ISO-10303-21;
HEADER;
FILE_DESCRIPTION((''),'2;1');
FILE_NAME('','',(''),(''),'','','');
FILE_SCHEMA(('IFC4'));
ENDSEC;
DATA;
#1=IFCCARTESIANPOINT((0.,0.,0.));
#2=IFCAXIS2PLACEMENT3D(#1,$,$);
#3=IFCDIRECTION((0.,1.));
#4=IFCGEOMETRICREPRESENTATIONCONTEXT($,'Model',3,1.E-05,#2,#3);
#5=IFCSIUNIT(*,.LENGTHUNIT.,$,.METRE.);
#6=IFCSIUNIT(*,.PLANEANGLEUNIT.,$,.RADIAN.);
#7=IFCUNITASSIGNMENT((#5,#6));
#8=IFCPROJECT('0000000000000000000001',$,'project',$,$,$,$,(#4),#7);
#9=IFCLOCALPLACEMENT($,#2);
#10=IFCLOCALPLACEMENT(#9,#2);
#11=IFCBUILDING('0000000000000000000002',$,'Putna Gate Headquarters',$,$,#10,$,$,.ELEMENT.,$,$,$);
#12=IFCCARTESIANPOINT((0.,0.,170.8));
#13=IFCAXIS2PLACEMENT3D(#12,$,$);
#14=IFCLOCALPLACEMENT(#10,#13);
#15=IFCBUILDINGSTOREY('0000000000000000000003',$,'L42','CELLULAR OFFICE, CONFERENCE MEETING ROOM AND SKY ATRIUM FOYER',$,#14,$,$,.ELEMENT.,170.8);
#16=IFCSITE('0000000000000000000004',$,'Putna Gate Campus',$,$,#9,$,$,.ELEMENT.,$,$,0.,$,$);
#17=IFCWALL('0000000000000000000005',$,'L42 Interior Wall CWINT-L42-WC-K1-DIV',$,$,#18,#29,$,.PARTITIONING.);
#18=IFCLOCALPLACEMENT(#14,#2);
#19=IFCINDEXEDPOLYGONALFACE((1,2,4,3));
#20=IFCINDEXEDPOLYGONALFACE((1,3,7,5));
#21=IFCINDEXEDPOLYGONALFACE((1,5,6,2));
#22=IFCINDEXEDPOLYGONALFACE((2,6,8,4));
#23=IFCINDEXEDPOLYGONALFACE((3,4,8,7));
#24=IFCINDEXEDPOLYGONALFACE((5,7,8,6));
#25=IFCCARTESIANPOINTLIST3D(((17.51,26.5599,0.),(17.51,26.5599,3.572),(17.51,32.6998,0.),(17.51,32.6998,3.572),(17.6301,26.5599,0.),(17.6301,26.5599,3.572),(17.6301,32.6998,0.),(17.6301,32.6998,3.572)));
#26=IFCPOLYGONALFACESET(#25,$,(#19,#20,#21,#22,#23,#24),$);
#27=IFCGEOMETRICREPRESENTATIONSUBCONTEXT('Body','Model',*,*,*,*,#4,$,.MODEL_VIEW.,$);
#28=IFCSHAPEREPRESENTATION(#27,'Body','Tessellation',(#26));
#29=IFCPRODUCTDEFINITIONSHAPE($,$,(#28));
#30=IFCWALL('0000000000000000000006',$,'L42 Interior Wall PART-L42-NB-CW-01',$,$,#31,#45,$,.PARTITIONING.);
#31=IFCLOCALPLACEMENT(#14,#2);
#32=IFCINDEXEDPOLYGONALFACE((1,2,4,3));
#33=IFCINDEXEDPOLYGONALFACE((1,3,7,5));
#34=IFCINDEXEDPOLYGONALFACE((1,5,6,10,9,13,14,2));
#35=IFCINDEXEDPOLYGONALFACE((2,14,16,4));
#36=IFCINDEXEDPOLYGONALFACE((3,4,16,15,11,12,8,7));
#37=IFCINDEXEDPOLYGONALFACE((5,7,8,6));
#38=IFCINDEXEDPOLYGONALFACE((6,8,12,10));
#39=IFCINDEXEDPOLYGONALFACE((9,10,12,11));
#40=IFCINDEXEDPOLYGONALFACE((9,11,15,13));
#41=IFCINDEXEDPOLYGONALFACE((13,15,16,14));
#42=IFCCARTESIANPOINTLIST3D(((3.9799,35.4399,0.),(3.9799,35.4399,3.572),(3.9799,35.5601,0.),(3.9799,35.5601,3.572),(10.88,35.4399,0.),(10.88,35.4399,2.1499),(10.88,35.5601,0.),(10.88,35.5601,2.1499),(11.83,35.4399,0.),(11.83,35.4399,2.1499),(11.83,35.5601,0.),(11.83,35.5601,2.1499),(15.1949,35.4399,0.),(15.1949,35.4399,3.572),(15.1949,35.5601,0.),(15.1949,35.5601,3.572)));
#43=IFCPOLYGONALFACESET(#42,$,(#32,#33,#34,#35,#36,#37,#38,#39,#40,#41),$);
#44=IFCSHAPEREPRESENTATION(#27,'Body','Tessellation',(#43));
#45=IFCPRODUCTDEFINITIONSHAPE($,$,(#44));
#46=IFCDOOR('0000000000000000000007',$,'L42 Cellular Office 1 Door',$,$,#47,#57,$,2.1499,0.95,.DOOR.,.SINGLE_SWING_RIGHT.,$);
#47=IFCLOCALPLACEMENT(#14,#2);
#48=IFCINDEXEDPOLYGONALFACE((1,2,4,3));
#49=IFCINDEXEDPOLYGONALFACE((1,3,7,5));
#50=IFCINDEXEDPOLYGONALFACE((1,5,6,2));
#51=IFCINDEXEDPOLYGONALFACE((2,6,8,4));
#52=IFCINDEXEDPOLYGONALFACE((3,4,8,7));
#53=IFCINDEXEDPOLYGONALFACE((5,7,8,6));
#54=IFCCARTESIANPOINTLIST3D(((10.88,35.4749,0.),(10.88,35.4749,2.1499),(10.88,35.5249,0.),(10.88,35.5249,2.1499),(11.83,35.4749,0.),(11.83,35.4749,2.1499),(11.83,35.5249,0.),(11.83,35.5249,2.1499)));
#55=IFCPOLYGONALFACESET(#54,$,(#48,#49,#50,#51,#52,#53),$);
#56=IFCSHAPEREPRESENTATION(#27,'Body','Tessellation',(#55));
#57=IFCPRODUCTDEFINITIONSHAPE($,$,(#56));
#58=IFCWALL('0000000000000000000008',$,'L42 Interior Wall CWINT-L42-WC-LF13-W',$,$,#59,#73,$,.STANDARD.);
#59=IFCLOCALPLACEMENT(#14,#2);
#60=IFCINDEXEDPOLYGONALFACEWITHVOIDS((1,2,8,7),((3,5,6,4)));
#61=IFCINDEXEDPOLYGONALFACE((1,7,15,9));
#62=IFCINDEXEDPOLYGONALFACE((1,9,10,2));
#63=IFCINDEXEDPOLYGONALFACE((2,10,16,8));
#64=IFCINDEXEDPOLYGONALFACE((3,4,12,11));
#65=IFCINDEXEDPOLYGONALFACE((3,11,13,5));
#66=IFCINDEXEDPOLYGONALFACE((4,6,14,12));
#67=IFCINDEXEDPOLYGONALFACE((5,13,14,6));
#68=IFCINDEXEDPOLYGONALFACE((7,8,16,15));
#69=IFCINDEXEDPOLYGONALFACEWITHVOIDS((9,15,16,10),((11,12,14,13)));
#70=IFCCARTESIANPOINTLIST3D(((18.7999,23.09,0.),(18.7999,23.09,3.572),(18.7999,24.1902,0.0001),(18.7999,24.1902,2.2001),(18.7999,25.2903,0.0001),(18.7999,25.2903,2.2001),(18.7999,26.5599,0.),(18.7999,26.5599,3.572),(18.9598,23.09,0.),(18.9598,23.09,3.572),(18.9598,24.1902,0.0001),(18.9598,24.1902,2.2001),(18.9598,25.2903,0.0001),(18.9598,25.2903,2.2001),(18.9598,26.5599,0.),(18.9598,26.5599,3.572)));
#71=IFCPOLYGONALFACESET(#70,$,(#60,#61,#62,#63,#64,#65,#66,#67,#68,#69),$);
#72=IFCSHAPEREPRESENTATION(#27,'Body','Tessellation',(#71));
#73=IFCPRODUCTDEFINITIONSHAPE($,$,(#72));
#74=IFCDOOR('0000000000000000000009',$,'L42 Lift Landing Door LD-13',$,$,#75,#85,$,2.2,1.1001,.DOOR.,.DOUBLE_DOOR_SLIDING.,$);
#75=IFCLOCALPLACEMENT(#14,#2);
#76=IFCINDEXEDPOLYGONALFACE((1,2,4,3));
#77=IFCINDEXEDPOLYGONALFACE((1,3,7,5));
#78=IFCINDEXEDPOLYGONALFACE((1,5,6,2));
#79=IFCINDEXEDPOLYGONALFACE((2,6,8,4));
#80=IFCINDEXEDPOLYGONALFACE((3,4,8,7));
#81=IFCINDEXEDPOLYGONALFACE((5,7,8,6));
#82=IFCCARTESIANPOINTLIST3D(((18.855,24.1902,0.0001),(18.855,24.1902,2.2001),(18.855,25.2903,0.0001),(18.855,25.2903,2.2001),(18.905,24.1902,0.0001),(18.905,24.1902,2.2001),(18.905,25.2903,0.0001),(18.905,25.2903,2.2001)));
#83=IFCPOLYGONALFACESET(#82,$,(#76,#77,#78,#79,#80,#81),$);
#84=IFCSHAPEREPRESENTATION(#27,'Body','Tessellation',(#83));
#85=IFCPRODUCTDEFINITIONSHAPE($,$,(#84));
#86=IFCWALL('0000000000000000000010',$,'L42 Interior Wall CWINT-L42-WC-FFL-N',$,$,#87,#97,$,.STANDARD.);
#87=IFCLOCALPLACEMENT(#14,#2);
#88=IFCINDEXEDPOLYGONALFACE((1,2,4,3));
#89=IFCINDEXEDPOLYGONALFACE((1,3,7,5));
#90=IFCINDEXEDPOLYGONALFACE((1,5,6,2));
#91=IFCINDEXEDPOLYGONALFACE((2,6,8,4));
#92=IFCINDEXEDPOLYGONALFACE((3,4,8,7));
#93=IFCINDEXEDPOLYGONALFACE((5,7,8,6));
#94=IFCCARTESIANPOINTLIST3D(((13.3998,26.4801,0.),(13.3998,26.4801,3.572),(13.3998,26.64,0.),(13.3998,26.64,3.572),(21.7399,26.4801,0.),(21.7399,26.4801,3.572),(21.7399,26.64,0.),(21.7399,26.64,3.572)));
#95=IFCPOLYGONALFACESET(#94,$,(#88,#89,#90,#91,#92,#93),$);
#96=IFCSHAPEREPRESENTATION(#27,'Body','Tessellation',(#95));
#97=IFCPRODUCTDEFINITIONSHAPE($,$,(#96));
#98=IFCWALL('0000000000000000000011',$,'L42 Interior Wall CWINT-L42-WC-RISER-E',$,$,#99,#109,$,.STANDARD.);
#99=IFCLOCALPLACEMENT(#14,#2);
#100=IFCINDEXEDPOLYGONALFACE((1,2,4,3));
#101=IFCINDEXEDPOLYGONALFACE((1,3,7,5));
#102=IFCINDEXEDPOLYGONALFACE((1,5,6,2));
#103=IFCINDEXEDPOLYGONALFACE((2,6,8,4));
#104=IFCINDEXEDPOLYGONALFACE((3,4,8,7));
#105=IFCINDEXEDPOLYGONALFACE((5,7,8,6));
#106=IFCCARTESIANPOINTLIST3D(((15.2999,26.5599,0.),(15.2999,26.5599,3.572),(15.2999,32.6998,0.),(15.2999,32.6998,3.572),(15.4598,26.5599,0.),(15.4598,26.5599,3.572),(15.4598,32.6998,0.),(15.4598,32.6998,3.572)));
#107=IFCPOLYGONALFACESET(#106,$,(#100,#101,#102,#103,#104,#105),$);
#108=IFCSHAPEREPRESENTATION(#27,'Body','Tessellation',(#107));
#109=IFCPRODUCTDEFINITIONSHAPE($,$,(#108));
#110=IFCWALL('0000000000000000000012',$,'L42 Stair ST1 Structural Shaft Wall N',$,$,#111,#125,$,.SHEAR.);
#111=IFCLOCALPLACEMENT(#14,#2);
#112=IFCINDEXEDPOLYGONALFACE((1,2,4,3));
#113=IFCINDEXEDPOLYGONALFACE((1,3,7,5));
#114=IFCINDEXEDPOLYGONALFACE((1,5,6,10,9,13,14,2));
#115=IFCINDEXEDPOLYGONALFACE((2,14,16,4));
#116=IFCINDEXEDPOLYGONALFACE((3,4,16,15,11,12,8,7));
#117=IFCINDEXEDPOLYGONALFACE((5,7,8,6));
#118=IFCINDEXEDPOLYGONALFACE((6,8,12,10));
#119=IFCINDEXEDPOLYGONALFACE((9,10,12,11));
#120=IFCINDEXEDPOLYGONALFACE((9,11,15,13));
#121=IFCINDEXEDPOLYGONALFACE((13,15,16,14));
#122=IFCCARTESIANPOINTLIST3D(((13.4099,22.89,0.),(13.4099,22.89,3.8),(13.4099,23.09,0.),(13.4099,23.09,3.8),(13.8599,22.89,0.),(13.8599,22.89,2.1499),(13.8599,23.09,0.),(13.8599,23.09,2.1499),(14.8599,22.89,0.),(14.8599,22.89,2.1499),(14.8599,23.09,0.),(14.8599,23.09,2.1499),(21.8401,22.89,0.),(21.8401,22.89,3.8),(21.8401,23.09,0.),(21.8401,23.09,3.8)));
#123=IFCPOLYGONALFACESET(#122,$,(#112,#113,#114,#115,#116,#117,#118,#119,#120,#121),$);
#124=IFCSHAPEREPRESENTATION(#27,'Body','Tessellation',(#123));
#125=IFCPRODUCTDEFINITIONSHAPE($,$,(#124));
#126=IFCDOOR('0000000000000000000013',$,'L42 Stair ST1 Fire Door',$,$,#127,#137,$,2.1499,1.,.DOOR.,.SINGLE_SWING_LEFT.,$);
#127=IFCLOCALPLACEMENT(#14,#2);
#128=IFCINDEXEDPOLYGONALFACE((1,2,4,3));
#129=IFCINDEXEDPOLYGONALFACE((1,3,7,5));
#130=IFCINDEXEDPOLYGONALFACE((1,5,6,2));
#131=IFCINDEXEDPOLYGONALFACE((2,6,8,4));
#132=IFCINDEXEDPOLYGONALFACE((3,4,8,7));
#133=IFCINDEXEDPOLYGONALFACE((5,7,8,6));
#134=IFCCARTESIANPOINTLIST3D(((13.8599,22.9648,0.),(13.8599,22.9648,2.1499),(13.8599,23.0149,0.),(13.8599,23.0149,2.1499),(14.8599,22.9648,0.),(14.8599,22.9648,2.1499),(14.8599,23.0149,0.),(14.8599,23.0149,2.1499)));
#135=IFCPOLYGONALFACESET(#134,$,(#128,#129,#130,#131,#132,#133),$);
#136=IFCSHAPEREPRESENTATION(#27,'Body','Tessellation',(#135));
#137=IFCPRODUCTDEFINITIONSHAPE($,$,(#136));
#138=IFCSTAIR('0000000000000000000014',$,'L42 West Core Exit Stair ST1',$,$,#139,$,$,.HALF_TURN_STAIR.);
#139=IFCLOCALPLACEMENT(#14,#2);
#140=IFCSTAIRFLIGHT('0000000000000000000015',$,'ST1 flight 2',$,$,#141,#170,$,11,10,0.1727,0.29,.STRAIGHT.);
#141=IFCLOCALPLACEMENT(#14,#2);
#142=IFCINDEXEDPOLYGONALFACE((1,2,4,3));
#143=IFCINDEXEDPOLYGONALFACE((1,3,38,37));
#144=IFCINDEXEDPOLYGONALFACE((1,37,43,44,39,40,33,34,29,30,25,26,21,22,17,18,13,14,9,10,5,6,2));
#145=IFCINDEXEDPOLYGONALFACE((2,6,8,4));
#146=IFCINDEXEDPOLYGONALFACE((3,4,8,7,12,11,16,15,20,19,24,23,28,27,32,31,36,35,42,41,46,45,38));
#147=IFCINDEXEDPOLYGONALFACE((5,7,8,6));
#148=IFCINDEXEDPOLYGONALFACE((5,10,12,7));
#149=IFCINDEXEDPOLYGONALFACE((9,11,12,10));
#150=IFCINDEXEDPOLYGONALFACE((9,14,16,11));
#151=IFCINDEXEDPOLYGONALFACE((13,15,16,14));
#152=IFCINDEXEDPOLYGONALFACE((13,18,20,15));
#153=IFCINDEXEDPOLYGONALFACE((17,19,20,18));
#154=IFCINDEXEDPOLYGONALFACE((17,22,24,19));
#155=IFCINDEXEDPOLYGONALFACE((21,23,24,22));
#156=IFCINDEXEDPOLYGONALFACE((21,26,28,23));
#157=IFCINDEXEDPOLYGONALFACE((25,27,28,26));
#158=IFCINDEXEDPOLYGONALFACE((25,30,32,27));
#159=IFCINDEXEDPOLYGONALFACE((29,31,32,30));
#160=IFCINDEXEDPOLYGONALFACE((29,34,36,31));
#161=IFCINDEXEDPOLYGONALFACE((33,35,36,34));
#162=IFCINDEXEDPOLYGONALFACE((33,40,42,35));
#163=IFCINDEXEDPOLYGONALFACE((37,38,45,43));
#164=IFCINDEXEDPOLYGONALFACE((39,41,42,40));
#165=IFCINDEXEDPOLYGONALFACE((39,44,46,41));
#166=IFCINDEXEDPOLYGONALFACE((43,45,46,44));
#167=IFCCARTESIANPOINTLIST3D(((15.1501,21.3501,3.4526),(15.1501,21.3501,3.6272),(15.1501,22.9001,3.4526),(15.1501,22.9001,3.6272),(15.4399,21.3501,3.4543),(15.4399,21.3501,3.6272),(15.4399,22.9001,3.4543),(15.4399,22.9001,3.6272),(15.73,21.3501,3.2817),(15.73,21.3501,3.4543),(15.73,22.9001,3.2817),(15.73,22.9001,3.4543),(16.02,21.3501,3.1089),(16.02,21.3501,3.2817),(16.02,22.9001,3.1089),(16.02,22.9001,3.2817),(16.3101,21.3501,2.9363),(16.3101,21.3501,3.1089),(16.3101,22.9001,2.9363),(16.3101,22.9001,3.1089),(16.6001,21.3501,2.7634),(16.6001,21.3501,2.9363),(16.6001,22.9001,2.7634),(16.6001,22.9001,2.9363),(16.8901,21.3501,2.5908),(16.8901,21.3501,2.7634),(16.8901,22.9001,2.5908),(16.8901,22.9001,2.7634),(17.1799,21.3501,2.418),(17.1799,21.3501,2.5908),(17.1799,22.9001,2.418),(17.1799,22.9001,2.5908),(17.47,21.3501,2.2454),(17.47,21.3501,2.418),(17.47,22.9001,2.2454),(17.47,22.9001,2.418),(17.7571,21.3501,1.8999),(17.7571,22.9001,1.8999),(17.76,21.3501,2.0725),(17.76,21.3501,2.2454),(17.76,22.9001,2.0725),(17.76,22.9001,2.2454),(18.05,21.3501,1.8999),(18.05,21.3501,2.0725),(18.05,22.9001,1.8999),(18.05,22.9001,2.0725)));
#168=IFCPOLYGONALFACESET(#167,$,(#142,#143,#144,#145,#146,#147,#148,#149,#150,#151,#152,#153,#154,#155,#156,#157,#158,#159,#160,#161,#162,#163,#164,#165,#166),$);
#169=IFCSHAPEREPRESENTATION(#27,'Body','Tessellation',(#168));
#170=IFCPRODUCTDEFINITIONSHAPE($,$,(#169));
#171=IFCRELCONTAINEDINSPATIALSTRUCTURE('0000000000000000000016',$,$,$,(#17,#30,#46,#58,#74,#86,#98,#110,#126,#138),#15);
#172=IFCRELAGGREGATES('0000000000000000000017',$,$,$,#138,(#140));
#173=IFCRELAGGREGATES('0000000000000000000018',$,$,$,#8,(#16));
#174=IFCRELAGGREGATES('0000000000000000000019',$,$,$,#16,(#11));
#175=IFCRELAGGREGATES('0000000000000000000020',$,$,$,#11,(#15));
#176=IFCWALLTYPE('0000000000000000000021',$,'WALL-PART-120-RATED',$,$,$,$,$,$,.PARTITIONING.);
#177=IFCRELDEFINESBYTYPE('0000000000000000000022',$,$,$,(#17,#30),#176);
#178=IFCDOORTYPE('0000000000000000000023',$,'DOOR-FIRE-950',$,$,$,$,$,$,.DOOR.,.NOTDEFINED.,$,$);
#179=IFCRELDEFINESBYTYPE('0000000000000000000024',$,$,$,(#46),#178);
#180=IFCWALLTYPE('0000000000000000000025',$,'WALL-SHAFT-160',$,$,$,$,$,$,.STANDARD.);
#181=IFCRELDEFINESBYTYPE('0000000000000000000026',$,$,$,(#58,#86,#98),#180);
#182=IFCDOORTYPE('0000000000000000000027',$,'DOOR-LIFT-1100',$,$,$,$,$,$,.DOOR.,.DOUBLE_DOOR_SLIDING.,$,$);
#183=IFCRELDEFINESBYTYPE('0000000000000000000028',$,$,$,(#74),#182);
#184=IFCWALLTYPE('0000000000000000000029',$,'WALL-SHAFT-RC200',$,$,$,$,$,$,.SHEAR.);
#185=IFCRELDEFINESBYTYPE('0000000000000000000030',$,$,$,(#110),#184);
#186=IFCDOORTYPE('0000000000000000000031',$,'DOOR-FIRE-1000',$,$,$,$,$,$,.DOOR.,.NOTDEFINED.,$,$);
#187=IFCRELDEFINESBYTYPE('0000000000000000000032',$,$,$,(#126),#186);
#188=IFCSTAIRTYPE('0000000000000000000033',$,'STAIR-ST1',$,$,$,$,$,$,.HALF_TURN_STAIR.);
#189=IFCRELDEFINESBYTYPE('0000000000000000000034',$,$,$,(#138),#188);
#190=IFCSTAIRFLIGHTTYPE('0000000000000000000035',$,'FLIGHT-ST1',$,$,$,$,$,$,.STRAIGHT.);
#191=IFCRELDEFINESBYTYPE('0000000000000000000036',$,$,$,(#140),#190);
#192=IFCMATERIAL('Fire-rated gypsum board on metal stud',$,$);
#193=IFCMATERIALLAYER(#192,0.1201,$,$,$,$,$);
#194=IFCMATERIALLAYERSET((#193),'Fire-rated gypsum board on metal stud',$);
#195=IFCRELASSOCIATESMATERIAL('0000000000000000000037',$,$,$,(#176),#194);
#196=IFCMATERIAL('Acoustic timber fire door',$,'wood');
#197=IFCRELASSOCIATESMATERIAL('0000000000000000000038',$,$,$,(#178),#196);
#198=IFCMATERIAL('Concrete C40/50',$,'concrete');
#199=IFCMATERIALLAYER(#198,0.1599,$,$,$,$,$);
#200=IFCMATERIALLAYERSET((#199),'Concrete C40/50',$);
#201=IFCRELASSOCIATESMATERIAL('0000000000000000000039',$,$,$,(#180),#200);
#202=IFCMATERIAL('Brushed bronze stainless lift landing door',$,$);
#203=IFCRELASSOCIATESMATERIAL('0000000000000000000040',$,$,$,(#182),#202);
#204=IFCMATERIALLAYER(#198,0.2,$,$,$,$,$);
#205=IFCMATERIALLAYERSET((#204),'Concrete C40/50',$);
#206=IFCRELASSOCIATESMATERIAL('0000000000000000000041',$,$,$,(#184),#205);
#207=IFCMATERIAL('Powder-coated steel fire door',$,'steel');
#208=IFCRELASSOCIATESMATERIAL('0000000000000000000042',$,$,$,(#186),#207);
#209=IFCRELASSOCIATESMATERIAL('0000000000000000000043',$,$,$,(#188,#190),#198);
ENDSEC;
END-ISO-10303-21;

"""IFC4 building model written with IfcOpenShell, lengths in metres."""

from ifc_helpers import new_model, si_unit, direction, frame, frame_2d, origin, place, context, subcontext, project, spatial, polyline, rectangle, outline, extrude, material, layer, layer_set, type_object, element, fill, aggregate, save


model = new_model("IFC4")

# Units and contexts
model_context = context("Model", 3, precision=1e-05, world=origin(), true_north=direction((0.0, 1.0)))
body_context = subcontext(model_context, "Body", "Model", "MODEL_VIEW")
ifc_project = project(units=[si_unit("LENGTHUNIT", "METRE"), si_unit("PLANEANGLEUNIT", "RADIAN")], contexts=[model_context])

# Site, building, storey
site_placement = place(None, origin())
site = spatial("IfcSite", under=ifc_project, at=site_placement, Name="Putna Gate Campus", CompositionType="ELEMENT", RefElevation=0.0)
building_placement = place(site_placement, origin())
building = spatial("IfcBuilding", under=site, at=building_placement, Name="Putna Gate Headquarters", CompositionType="ELEMENT")
storey_placement = place(building_placement, frame((0.0, 0.0, 170.8)))
storey = spatial("IfcBuildingStorey", under=building, at=storey_placement, Name="L42", Description="CELLULAR OFFICE, CONFERENCE MEETING ROOM AND SKY ATRIUM FOYER", CompositionType="ELEMENT", Elevation=170.8)

# Wall
ifc_material_1 = material(Name="Fire-rated gypsum board on metal stud")
ifc_layer_1 = layer(ifc_material_1, 0.1201)
ifc_layer_set_1 = layer_set([ifc_layer_1], Name="Fire-rated gypsum board on metal stud")
wall_type_1 = type_object("IfcWallType", Name="WALL-PART-120-RATED", PredefinedType="PARTITIONING", material=ifc_layer_set_1)
wall_1_placement = place(storey_placement, frame((17.5701, 26.5601, 0.0), z_axis=(0.0, 0.0, 1.0), x_axis=(0.0, 1.0, 0.0)))
element("IfcWall", 1, at=wall_1_placement, inside=storey, type_object=wall_type_1, Name="L42 Interior Wall CWINT-L42-WC-K1-DIV", PredefinedType="PARTITIONING", context=body_context, shape_type="SweptSolid", body=[
    extrude(rectangle(XDim=6.1399, YDim=0.1201, at=frame_2d((3.0698, 0.0))), origin(), (0.0, 0.0, 1.0), 3.572),
])

# Walls, openings, doors
wall_2_placement = place(storey_placement, frame((3.98, 35.5, 0.0), z_axis=(0.0, 0.0, 1.0), x_axis=(1.0, 0.0, 0.0)))
wall_2 = element("IfcWall", 2, at=wall_2_placement, inside=storey, type_object=wall_type_1, Name="L42 Interior Wall PART-L42-NB-CW-01", PredefinedType="PARTITIONING", context=body_context, shape_type="SweptSolid", body=[
    extrude(rectangle(XDim=11.2151, YDim=0.1201, at=frame_2d((5.6074, 0.0))), origin(), (0.0, 0.0, 1.0), 3.572),
])
opening_1_placement = place(wall_2_placement, frame((6.8999, 0.0, 0.0)))
opening_1 = element("IfcOpeningElement", 3, at=opening_1_placement, cuts=wall_2, PredefinedType="OPENING", context=body_context, shape_type="SweptSolid", body=[
    extrude(rectangle(XDim=0.95, YDim=2.1499, at=frame_2d((0.4751, 1.075))), frame((0.0, 0.0701, 0.0), z_axis=(0.0, -1.0, 0.0), x_axis=(1.0, 0.0, 0.0)), (0.0, 0.0, 1.0), 0.1401),
])
ifc_material_2 = material(Name="Acoustic timber fire door", Category="wood")
door_type_1 = type_object("IfcDoorType", Name="DOOR-FIRE-950", OperationType="NOTDEFINED", PredefinedType="DOOR", material=ifc_material_2)
door_1_placement = place(opening_1_placement, origin())
door_1 = element("IfcDoor", 4, at=door_1_placement, inside=storey, type_object=door_type_1, Name="L42 Cellular Office 1 Door", OperationType="SINGLE_SWING_RIGHT", OverallHeight=2.1499, OverallWidth=0.95, PredefinedType="DOOR", context=body_context, shape_type="SweptSolid", body=[
    extrude(rectangle(XDim=0.95, YDim=2.1499, at=frame_2d((0.4751, 1.075))), frame((0.0, 0.0249, 0.0), z_axis=(0.0, -1.0, 0.0), x_axis=(1.0, 0.0, 0.0)), (0.0, 0.0, 1.0), 0.05),
])
fill(opening_1, door_1)
ifc_material_3 = material(Name="Concrete C40/50", Category="concrete")
ifc_layer_2 = layer(ifc_material_3, 0.1599)
ifc_layer_set_2 = layer_set([ifc_layer_2], Name="Concrete C40/50")
wall_type_2 = type_object("IfcWallType", Name="WALL-SHAFT-160", PredefinedType="STANDARD", material=ifc_layer_set_2)
wall_3_placement = place(storey_placement, frame((18.8799, 23.0901, 0.0), z_axis=(0.0, 0.0, 1.0), x_axis=(0.0, 1.0, 0.0)))
wall_3 = element("IfcWall", 5, at=wall_3_placement, inside=storey, type_object=wall_type_2, Name="L42 Interior Wall CWINT-L42-WC-LF13-W", PredefinedType="STANDARD", context=body_context, shape_type="SweptSolid", body=[
    extrude(rectangle(XDim=3.47, YDim=0.1599, at=frame_2d((1.7349, 0.0))), origin(), (0.0, 0.0, 1.0), 3.572),
])
opening_2_placement = place(wall_3_placement, frame((1.1001, 0.0, 0.0)))
opening_2 = element("IfcOpeningElement", 6, at=opening_2_placement, cuts=wall_3, PredefinedType="OPENING", context=body_context, shape_type="SweptSolid", body=[
    extrude(rectangle(XDim=1.1001, YDim=2.2, at=frame_2d((0.55, 1.1001))), frame((0.0, 0.0898, 0.0), z_axis=(0.0, -1.0, 0.0), x_axis=(1.0, 0.0, 0.0)), (0.0, 0.0, 1.0), 0.1799),
])
ifc_material_4 = material(Name="Brushed bronze stainless lift landing door")
door_type_2 = type_object("IfcDoorType", Name="DOOR-LIFT-1100", OperationType="DOUBLE_DOOR_SLIDING", PredefinedType="DOOR", material=ifc_material_4)
door_2_placement = place(opening_2_placement, origin())
door_2 = element("IfcDoor", 7, at=door_2_placement, inside=storey, type_object=door_type_2, Name="L42 Lift Landing Door LD-13", OperationType="DOUBLE_DOOR_SLIDING", OverallHeight=2.2, OverallWidth=1.1001, PredefinedType="DOOR", context=body_context, shape_type="SweptSolid", body=[
    extrude(rectangle(XDim=1.1001, YDim=2.2, at=frame_2d((0.55, 1.1001))), frame((0.0, 0.0249, 0.0), z_axis=(0.0, -1.0, 0.0), x_axis=(1.0, 0.0, 0.0)), (0.0, 0.0, 1.0), 0.05),
])
fill(opening_2, door_2)

# Walls
wall_4_placement = place(storey_placement, frame((13.3999, 26.5601, 0.0), z_axis=(0.0, 0.0, 1.0), x_axis=(1.0, 0.0, 0.0)))
element("IfcWall", 8, at=wall_4_placement, inside=storey, type_object=wall_type_2, Name="L42 Interior Wall CWINT-L42-WC-FFL-N", PredefinedType="STANDARD", context=body_context, shape_type="SweptSolid", body=[
    extrude(rectangle(XDim=8.3401, YDim=0.1599, at=frame_2d((4.1699, 0.0))), origin(), (0.0, 0.0, 1.0), 3.572),
])
wall_5_placement = place(storey_placement, frame((15.3799, 26.5601, 0.0), z_axis=(0.0, 0.0, 1.0), x_axis=(0.0, 1.0, 0.0)))
element("IfcWall", 9, at=wall_5_placement, inside=storey, type_object=wall_type_2, Name="L42 Interior Wall CWINT-L42-WC-RISER-E", PredefinedType="STANDARD", context=body_context, shape_type="SweptSolid", body=[
    extrude(rectangle(XDim=6.1399, YDim=0.1599, at=frame_2d((3.0698, 0.0))), origin(), (0.0, 0.0, 1.0), 3.572),
])

# Wall, opening, door
ifc_layer_3 = layer(ifc_material_3, 0.2)
ifc_layer_set_3 = layer_set([ifc_layer_3], Name="Concrete C40/50")
wall_type_3 = type_object("IfcWallType", Name="WALL-SHAFT-RC200", PredefinedType="SHEAR", material=ifc_layer_set_3)
wall_6_placement = place(storey_placement, frame((13.4099, 22.99, 0.0), z_axis=(0.0, 0.0, 1.0), x_axis=(1.0, 0.0, 0.0)))
wall_6 = element("IfcWall", 10, at=wall_6_placement, inside=storey, type_object=wall_type_3, Name="L42 Stair ST1 Structural Shaft Wall N", PredefinedType="SHEAR", context=body_context, shape_type="SweptSolid", body=[
    extrude(rectangle(XDim=8.4302, YDim=0.2, at=frame_2d((4.2151, 0.0))), origin(), (0.0, 0.0, 1.0), 3.8),
])
opening_3_placement = place(wall_6_placement, frame((0.45, 0.0, 0.0)))
opening_3 = element("IfcOpeningElement", 11, at=opening_3_placement, cuts=wall_6, PredefinedType="OPENING", context=body_context, shape_type="SweptSolid", body=[
    extrude(rectangle(XDim=1.0, YDim=2.1499, at=frame_2d((0.5, 1.075))), frame((0.0, 0.1099, 0.0), z_axis=(0.0, -1.0, 0.0), x_axis=(1.0, 0.0, 0.0)), (0.0, 0.0, 1.0), 0.22),
])
ifc_material_5 = material(Name="Powder-coated steel fire door", Category="steel")
door_type_3 = type_object("IfcDoorType", Name="DOOR-FIRE-1000", OperationType="NOTDEFINED", PredefinedType="DOOR", material=ifc_material_5)
door_3_placement = place(opening_3_placement, origin())
door_3 = element("IfcDoor", 12, at=door_3_placement, inside=storey, type_object=door_type_3, Name="L42 Stair ST1 Fire Door", OperationType="SINGLE_SWING_LEFT", OverallHeight=2.1499, OverallWidth=1.0, PredefinedType="DOOR", context=body_context, shape_type="SweptSolid", body=[
    extrude(rectangle(XDim=1.0, YDim=2.1499, at=frame_2d((0.5, 1.075))), frame((0.0, 0.0249, 0.0), z_axis=(0.0, -1.0, 0.0), x_axis=(1.0, 0.0, 0.0)), (0.0, 0.0, 1.0), 0.05),
])
fill(opening_3, door_3)

# Stair, stair flight
stair_type = type_object("IfcStairType", Name="STAIR-ST1", PredefinedType="HALF_TURN_STAIR", material=ifc_material_3)
stair_placement = place(storey_placement, origin())
stair = element("IfcStair", 13, at=stair_placement, inside=storey, type_object=stair_type, Name="L42 West Core Exit Stair ST1", PredefinedType="HALF_TURN_STAIR")
stair_flight_type = type_object("IfcStairFlightType", Name="FLIGHT-ST1", PredefinedType="STRAIGHT", material=ifc_material_3)
stair_flight_placement = place(storey_placement, frame((18.05, 22.125, 1.8999), z_axis=(0.0, 0.0, 1.0), x_axis=(-1.0, 0.0, 0.0)))
stair_flight = element("IfcStairFlight", 14, at=stair_flight_placement, type_object=stair_flight_type, Name="ST1 flight 2", NumberOfRisers=11, NumberOfTreads=10, PredefinedType="STRAIGHT", RiserHeight=0.1727, TreadLength=0.29, context=body_context, shape_type="SweptSolid", body=[
    extrude(outline(polyline([(0.0, 0.0), (0.0, 0.1726), (0.29, 0.1726), (0.29, 0.3455), (0.5801, 0.3455), (0.5801, 0.5181), (0.8701, 0.5181), (0.8701, 0.6909), (1.1599, 0.6909), (1.1599, 0.8635), (1.45, 0.8635), (1.45, 1.0364), (1.74, 1.0364), (1.74, 1.209), (2.03, 1.209), (2.03, 1.3818), (2.3201, 1.3818), (2.3201, 1.5544), (2.6101, 1.5544), (2.6101, 1.7273), (2.8999, 1.7273), (2.8999, 1.8999), (2.8999, 1.5527), (0.293, 0.0), (0.0, 0.0)])), frame((0.0, 0.7749, 0.0), z_axis=(0.0, -1.0, 0.0), x_axis=(1.0, 0.0, 0.0)), (0.0, 0.0, 1.0), 1.55),
])
aggregate(stair, [stair_flight])

save(model, "model.ifc")
